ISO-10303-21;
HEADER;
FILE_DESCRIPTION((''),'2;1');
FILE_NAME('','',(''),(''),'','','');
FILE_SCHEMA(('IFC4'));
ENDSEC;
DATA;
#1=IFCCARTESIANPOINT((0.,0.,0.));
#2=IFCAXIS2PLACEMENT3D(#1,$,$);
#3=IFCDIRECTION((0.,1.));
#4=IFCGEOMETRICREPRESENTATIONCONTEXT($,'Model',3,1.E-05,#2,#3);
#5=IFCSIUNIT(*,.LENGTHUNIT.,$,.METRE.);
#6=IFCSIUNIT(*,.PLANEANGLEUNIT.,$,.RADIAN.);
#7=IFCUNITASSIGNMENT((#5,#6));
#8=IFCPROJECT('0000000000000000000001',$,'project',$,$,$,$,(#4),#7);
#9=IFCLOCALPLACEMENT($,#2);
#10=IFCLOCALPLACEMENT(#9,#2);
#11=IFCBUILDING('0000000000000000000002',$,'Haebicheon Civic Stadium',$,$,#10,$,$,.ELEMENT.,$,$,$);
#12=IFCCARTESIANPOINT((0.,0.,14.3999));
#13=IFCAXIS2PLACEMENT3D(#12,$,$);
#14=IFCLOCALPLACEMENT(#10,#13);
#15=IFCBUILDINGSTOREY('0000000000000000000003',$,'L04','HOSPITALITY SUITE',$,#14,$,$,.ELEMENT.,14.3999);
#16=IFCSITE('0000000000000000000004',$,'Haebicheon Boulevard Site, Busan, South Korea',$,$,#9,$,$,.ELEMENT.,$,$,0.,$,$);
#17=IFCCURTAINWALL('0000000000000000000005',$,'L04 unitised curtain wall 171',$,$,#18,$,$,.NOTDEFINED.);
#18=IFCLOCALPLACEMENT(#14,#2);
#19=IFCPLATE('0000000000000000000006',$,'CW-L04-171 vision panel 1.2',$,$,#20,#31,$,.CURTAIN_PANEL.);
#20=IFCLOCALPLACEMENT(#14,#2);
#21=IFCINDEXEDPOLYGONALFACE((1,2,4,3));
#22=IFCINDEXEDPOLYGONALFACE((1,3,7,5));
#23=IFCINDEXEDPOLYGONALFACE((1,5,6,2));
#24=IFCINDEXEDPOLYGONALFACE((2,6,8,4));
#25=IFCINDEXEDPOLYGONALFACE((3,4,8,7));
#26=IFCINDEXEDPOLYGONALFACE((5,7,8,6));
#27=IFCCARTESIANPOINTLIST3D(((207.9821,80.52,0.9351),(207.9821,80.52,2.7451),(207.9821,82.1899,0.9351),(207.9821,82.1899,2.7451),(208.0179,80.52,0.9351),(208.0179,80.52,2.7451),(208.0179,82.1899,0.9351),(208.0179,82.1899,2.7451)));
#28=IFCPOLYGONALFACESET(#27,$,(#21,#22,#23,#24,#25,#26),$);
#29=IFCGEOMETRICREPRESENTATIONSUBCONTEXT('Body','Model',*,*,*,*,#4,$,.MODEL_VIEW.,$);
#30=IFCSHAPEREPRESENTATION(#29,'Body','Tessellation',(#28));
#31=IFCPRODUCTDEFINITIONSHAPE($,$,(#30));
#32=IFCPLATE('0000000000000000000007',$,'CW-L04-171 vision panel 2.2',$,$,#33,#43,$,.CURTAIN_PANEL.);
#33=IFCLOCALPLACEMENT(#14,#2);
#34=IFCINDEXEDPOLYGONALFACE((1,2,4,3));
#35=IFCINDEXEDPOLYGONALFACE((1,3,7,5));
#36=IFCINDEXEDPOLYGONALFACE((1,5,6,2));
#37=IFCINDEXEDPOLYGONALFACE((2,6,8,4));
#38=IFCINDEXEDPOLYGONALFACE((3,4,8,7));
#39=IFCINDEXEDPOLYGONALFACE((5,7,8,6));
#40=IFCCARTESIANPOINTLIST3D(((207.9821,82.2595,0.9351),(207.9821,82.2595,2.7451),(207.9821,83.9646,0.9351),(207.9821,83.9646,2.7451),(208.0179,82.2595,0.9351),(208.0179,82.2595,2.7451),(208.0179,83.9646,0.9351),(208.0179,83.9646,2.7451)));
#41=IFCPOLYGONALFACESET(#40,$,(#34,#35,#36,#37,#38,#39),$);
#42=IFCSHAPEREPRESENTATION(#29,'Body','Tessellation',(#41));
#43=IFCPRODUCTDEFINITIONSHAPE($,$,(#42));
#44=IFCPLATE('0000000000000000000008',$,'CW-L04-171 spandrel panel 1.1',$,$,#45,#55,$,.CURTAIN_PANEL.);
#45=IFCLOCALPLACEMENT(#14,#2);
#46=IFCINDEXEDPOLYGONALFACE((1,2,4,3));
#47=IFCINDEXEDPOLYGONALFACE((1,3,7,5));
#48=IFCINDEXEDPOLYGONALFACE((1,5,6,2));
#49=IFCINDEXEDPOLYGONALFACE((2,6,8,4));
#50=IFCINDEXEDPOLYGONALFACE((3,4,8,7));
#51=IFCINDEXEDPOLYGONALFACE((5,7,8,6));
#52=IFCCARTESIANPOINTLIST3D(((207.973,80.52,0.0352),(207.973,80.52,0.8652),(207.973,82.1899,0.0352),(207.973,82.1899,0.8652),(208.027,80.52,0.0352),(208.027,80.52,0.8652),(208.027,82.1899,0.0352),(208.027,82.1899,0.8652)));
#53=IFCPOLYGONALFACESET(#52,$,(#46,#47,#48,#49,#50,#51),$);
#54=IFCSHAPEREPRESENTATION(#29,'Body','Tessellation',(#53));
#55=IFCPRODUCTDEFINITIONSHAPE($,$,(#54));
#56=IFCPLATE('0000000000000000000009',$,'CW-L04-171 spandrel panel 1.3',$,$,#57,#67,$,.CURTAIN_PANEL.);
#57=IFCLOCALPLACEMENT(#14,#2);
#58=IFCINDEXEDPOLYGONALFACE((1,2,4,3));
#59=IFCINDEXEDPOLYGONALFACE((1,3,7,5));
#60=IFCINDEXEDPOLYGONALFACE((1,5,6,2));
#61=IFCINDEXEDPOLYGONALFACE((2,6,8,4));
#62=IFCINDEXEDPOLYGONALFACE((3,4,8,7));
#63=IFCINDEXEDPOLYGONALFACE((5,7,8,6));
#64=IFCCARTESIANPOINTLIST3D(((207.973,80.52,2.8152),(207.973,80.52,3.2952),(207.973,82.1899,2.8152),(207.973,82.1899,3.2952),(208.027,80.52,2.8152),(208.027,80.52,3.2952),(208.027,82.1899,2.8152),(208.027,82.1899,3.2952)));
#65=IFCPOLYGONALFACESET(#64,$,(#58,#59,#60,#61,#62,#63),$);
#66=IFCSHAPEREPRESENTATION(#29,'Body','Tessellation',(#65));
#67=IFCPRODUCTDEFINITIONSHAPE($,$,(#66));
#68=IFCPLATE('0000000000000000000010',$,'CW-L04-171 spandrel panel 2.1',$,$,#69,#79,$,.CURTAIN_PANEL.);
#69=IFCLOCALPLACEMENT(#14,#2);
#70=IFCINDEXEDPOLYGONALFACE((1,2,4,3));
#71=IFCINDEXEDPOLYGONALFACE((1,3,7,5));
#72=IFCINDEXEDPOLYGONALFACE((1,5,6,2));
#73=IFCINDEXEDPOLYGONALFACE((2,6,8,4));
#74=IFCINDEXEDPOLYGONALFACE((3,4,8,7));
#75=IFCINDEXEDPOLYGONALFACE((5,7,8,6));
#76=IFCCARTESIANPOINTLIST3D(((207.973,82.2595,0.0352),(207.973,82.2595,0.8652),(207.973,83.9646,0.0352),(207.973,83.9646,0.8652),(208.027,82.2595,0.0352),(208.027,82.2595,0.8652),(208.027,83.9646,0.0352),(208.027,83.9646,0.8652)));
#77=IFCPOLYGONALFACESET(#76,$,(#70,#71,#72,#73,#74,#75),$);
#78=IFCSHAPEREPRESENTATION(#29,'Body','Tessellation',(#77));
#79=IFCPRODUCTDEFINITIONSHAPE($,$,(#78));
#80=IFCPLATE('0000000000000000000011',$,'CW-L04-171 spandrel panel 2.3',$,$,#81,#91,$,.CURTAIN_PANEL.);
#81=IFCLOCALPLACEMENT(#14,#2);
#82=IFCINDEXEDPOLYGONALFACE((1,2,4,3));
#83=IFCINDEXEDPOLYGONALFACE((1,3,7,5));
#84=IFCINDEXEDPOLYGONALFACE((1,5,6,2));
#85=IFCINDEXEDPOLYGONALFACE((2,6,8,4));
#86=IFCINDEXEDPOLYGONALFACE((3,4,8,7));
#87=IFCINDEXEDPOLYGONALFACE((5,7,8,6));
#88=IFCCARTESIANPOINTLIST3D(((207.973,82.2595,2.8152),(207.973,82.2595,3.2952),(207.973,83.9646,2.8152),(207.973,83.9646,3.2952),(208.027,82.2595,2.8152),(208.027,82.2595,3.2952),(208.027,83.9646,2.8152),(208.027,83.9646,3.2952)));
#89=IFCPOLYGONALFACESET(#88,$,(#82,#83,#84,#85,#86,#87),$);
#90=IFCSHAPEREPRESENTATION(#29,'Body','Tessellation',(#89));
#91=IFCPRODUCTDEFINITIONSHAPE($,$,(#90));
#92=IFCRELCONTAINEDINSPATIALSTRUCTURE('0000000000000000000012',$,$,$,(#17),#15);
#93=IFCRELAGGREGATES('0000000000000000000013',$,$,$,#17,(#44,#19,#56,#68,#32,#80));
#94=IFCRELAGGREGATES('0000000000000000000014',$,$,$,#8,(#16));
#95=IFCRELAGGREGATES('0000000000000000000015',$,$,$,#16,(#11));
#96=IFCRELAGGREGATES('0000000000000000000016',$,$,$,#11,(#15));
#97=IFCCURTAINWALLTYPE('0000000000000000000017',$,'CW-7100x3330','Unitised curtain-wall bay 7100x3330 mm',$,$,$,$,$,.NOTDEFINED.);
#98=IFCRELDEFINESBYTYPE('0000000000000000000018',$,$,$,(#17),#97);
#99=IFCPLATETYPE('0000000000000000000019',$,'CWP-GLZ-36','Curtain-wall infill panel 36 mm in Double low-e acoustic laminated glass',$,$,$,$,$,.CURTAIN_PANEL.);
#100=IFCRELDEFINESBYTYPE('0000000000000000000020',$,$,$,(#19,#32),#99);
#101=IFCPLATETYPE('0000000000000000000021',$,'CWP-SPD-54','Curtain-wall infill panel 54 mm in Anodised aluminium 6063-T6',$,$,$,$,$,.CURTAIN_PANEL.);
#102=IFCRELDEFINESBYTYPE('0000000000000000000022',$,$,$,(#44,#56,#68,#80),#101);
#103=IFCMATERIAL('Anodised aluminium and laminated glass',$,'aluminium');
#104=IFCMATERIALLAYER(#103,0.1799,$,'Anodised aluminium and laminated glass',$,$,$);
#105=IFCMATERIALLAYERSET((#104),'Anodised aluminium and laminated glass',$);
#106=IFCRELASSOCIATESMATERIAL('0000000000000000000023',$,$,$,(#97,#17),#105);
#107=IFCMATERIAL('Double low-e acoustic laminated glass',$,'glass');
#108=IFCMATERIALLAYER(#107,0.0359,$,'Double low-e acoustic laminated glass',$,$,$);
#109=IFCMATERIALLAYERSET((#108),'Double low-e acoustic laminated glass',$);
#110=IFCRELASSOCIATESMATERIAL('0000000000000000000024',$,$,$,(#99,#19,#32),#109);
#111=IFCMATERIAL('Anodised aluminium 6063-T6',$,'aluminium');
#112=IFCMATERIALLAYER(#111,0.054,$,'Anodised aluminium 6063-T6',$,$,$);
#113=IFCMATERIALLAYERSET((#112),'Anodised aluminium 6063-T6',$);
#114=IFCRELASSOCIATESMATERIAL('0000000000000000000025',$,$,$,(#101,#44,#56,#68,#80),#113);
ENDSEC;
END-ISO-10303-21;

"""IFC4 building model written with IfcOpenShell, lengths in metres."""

from ifc_helpers import new_model, si_unit, direction, frame, origin, origin_2d, place, context, subcontext, project, spatial, rectangle, extrude, material, layer, layer_set, type_object, element, aggregate, save


model = new_model("IFC4")

# Units and contexts
model_context = context("Model", 3, precision=1e-05, world=origin(), true_north=direction((0.0, 1.0)))
body_context = subcontext(model_context, "Body", "Model", "MODEL_VIEW")
ifc_project = project(units=[si_unit("LENGTHUNIT", "METRE"), si_unit("PLANEANGLEUNIT", "RADIAN")], contexts=[model_context])

# Site, building, storey
site_placement = place(None, origin())
site = spatial("IfcSite", under=ifc_project, at=site_placement, Name="Haebicheon Boulevard Site, Busan, South Korea", CompositionType="ELEMENT", RefElevation=0.0)
building_placement = place(site_placement, origin())
building = spatial("IfcBuilding", under=site, at=building_placement, Name="Haebicheon Civic Stadium", CompositionType="ELEMENT")
storey_placement = place(building_placement, frame((0.0, 0.0, 14.3999)))
storey = spatial("IfcBuildingStorey", under=building, at=storey_placement, Name="L04", Description="HOSPITALITY SUITE", CompositionType="ELEMENT", Elevation=14.3999)

# Curtain wall, plates
ifc_material_1 = material(Name="Anodised aluminium and laminated glass", Category="aluminium")
ifc_layer_1 = layer(ifc_material_1, 0.1799, Name="Anodised aluminium and laminated glass")
ifc_layer_set_1 = layer_set([ifc_layer_1], Name="Anodised aluminium and laminated glass")
curtain_wall_type = type_object("IfcCurtainWallType", Name="CW-7100x3330", Description="Unitised curtain-wall bay 7100x3330 mm", PredefinedType="NOTDEFINED", material=ifc_layer_set_1)
curtain_wall_placement = place(storey_placement, origin())
curtain_wall = element("IfcCurtainWall", 1, at=curtain_wall_placement, inside=storey, type_object=curtain_wall_type, material=ifc_layer_set_1, Name="L04 unitised curtain wall 171", PredefinedType="NOTDEFINED")
ifc_material_2 = material(Name="Double low-e acoustic laminated glass", Category="glass")
ifc_layer_2 = layer(ifc_material_2, 0.0359, Name="Double low-e acoustic laminated glass")
ifc_layer_set_2 = layer_set([ifc_layer_2], Name="Double low-e acoustic laminated glass")
plate_type_1 = type_object("IfcPlateType", Name="CWP-GLZ-36", Description="Curtain-wall infill panel 36 mm in Double low-e acoustic laminated glass", PredefinedType="CURTAIN_PANEL", material=ifc_layer_set_2)
plate_1_placement = place(storey_placement, frame((208.0, 81.355, 0.9351), z_axis=(0.0, 0.0, 1.0), x_axis=(0.0, 1.0, 0.0)))
plate_1 = element("IfcPlate", 2, at=plate_1_placement, type_object=plate_type_1, material=ifc_layer_set_2, Name="CW-L04-171 vision panel 1.2", PredefinedType="CURTAIN_PANEL", context=body_context, shape_type="SweptSolid", body=[
    extrude(rectangle(XDim=1.6699, YDim=0.0359, at=origin_2d()), origin(), (0.0, 0.0, 1.0), 1.8101),
])
plate_2_placement = place(storey_placement, frame((208.0, 83.1121, 0.9351), z_axis=(0.0, 0.0, 1.0), x_axis=(0.0, 1.0, 0.0)))
plate_2 = element("IfcPlate", 3, at=plate_2_placement, type_object=plate_type_1, material=ifc_layer_set_2, Name="CW-L04-171 vision panel 2.2", PredefinedType="CURTAIN_PANEL", context=body_context, shape_type="SweptSolid", body=[
    extrude(rectangle(XDim=1.7051, YDim=0.0359, at=origin_2d()), origin(), (0.0, 0.0, 1.0), 1.8101),
])
ifc_material_3 = material(Name="Anodised aluminium 6063-T6", Category="aluminium")
ifc_layer_3 = layer(ifc_material_3, 0.054, Name="Anodised aluminium 6063-T6")
ifc_layer_set_3 = layer_set([ifc_layer_3], Name="Anodised aluminium 6063-T6")
plate_type_2 = type_object("IfcPlateType", Name="CWP-SPD-54", Description="Curtain-wall infill panel 54 mm in Anodised aluminium 6063-T6", PredefinedType="CURTAIN_PANEL", material=ifc_layer_set_3)
plate_3_placement = place(storey_placement, frame((208.0, 81.355, 0.0352), z_axis=(0.0, 0.0, 1.0), x_axis=(0.0, 1.0, 0.0)))
plate_3 = element("IfcPlate", 4, at=plate_3_placement, type_object=plate_type_2, material=ifc_layer_set_3, Name="CW-L04-171 spandrel panel 1.1", PredefinedType="CURTAIN_PANEL", context=body_context, shape_type="SweptSolid", body=[
    extrude(rectangle(XDim=1.6699, YDim=0.054, at=origin_2d()), origin(), (0.0, 0.0, 1.0), 0.8301),
])
plate_4_placement = place(storey_placement, frame((208.0, 81.355, 2.8152), z_axis=(0.0, 0.0, 1.0), x_axis=(0.0, 1.0, 0.0)))
plate_4 = element("IfcPlate", 5, at=plate_4_placement, type_object=plate_type_2, material=ifc_layer_set_3, Name="CW-L04-171 spandrel panel 1.3", PredefinedType="CURTAIN_PANEL", context=body_context, shape_type="SweptSolid", body=[
    extrude(rectangle(XDim=1.6699, YDim=0.054, at=origin_2d()), origin(), (0.0, 0.0, 1.0), 0.48),
])
plate_5_placement = place(storey_placement, frame((208.0, 83.1121, 0.0352), z_axis=(0.0, 0.0, 1.0), x_axis=(0.0, 1.0, 0.0)))
plate_5 = element("IfcPlate", 6, at=plate_5_placement, type_object=plate_type_2, material=ifc_layer_set_3, Name="CW-L04-171 spandrel panel 2.1", PredefinedType="CURTAIN_PANEL", context=body_context, shape_type="SweptSolid", body=[
    extrude(rectangle(XDim=1.7051, YDim=0.054, at=origin_2d()), origin(), (0.0, 0.0, 1.0), 0.8301),
])
plate_6_placement = place(storey_placement, frame((208.0, 83.1121, 2.8152), z_axis=(0.0, 0.0, 1.0), x_axis=(0.0, 1.0, 0.0)))
plate_6 = element("IfcPlate", 7, at=plate_6_placement, type_object=plate_type_2, material=ifc_layer_set_3, Name="CW-L04-171 spandrel panel 2.3", PredefinedType="CURTAIN_PANEL", context=body_context, shape_type="SweptSolid", body=[
    extrude(rectangle(XDim=1.7051, YDim=0.054, at=origin_2d()), origin(), (0.0, 0.0, 1.0), 0.48),
])
aggregate(curtain_wall, [plate_3, plate_1, plate_4, plate_5, plate_2, plate_6])

save(model, "model.ifc")
